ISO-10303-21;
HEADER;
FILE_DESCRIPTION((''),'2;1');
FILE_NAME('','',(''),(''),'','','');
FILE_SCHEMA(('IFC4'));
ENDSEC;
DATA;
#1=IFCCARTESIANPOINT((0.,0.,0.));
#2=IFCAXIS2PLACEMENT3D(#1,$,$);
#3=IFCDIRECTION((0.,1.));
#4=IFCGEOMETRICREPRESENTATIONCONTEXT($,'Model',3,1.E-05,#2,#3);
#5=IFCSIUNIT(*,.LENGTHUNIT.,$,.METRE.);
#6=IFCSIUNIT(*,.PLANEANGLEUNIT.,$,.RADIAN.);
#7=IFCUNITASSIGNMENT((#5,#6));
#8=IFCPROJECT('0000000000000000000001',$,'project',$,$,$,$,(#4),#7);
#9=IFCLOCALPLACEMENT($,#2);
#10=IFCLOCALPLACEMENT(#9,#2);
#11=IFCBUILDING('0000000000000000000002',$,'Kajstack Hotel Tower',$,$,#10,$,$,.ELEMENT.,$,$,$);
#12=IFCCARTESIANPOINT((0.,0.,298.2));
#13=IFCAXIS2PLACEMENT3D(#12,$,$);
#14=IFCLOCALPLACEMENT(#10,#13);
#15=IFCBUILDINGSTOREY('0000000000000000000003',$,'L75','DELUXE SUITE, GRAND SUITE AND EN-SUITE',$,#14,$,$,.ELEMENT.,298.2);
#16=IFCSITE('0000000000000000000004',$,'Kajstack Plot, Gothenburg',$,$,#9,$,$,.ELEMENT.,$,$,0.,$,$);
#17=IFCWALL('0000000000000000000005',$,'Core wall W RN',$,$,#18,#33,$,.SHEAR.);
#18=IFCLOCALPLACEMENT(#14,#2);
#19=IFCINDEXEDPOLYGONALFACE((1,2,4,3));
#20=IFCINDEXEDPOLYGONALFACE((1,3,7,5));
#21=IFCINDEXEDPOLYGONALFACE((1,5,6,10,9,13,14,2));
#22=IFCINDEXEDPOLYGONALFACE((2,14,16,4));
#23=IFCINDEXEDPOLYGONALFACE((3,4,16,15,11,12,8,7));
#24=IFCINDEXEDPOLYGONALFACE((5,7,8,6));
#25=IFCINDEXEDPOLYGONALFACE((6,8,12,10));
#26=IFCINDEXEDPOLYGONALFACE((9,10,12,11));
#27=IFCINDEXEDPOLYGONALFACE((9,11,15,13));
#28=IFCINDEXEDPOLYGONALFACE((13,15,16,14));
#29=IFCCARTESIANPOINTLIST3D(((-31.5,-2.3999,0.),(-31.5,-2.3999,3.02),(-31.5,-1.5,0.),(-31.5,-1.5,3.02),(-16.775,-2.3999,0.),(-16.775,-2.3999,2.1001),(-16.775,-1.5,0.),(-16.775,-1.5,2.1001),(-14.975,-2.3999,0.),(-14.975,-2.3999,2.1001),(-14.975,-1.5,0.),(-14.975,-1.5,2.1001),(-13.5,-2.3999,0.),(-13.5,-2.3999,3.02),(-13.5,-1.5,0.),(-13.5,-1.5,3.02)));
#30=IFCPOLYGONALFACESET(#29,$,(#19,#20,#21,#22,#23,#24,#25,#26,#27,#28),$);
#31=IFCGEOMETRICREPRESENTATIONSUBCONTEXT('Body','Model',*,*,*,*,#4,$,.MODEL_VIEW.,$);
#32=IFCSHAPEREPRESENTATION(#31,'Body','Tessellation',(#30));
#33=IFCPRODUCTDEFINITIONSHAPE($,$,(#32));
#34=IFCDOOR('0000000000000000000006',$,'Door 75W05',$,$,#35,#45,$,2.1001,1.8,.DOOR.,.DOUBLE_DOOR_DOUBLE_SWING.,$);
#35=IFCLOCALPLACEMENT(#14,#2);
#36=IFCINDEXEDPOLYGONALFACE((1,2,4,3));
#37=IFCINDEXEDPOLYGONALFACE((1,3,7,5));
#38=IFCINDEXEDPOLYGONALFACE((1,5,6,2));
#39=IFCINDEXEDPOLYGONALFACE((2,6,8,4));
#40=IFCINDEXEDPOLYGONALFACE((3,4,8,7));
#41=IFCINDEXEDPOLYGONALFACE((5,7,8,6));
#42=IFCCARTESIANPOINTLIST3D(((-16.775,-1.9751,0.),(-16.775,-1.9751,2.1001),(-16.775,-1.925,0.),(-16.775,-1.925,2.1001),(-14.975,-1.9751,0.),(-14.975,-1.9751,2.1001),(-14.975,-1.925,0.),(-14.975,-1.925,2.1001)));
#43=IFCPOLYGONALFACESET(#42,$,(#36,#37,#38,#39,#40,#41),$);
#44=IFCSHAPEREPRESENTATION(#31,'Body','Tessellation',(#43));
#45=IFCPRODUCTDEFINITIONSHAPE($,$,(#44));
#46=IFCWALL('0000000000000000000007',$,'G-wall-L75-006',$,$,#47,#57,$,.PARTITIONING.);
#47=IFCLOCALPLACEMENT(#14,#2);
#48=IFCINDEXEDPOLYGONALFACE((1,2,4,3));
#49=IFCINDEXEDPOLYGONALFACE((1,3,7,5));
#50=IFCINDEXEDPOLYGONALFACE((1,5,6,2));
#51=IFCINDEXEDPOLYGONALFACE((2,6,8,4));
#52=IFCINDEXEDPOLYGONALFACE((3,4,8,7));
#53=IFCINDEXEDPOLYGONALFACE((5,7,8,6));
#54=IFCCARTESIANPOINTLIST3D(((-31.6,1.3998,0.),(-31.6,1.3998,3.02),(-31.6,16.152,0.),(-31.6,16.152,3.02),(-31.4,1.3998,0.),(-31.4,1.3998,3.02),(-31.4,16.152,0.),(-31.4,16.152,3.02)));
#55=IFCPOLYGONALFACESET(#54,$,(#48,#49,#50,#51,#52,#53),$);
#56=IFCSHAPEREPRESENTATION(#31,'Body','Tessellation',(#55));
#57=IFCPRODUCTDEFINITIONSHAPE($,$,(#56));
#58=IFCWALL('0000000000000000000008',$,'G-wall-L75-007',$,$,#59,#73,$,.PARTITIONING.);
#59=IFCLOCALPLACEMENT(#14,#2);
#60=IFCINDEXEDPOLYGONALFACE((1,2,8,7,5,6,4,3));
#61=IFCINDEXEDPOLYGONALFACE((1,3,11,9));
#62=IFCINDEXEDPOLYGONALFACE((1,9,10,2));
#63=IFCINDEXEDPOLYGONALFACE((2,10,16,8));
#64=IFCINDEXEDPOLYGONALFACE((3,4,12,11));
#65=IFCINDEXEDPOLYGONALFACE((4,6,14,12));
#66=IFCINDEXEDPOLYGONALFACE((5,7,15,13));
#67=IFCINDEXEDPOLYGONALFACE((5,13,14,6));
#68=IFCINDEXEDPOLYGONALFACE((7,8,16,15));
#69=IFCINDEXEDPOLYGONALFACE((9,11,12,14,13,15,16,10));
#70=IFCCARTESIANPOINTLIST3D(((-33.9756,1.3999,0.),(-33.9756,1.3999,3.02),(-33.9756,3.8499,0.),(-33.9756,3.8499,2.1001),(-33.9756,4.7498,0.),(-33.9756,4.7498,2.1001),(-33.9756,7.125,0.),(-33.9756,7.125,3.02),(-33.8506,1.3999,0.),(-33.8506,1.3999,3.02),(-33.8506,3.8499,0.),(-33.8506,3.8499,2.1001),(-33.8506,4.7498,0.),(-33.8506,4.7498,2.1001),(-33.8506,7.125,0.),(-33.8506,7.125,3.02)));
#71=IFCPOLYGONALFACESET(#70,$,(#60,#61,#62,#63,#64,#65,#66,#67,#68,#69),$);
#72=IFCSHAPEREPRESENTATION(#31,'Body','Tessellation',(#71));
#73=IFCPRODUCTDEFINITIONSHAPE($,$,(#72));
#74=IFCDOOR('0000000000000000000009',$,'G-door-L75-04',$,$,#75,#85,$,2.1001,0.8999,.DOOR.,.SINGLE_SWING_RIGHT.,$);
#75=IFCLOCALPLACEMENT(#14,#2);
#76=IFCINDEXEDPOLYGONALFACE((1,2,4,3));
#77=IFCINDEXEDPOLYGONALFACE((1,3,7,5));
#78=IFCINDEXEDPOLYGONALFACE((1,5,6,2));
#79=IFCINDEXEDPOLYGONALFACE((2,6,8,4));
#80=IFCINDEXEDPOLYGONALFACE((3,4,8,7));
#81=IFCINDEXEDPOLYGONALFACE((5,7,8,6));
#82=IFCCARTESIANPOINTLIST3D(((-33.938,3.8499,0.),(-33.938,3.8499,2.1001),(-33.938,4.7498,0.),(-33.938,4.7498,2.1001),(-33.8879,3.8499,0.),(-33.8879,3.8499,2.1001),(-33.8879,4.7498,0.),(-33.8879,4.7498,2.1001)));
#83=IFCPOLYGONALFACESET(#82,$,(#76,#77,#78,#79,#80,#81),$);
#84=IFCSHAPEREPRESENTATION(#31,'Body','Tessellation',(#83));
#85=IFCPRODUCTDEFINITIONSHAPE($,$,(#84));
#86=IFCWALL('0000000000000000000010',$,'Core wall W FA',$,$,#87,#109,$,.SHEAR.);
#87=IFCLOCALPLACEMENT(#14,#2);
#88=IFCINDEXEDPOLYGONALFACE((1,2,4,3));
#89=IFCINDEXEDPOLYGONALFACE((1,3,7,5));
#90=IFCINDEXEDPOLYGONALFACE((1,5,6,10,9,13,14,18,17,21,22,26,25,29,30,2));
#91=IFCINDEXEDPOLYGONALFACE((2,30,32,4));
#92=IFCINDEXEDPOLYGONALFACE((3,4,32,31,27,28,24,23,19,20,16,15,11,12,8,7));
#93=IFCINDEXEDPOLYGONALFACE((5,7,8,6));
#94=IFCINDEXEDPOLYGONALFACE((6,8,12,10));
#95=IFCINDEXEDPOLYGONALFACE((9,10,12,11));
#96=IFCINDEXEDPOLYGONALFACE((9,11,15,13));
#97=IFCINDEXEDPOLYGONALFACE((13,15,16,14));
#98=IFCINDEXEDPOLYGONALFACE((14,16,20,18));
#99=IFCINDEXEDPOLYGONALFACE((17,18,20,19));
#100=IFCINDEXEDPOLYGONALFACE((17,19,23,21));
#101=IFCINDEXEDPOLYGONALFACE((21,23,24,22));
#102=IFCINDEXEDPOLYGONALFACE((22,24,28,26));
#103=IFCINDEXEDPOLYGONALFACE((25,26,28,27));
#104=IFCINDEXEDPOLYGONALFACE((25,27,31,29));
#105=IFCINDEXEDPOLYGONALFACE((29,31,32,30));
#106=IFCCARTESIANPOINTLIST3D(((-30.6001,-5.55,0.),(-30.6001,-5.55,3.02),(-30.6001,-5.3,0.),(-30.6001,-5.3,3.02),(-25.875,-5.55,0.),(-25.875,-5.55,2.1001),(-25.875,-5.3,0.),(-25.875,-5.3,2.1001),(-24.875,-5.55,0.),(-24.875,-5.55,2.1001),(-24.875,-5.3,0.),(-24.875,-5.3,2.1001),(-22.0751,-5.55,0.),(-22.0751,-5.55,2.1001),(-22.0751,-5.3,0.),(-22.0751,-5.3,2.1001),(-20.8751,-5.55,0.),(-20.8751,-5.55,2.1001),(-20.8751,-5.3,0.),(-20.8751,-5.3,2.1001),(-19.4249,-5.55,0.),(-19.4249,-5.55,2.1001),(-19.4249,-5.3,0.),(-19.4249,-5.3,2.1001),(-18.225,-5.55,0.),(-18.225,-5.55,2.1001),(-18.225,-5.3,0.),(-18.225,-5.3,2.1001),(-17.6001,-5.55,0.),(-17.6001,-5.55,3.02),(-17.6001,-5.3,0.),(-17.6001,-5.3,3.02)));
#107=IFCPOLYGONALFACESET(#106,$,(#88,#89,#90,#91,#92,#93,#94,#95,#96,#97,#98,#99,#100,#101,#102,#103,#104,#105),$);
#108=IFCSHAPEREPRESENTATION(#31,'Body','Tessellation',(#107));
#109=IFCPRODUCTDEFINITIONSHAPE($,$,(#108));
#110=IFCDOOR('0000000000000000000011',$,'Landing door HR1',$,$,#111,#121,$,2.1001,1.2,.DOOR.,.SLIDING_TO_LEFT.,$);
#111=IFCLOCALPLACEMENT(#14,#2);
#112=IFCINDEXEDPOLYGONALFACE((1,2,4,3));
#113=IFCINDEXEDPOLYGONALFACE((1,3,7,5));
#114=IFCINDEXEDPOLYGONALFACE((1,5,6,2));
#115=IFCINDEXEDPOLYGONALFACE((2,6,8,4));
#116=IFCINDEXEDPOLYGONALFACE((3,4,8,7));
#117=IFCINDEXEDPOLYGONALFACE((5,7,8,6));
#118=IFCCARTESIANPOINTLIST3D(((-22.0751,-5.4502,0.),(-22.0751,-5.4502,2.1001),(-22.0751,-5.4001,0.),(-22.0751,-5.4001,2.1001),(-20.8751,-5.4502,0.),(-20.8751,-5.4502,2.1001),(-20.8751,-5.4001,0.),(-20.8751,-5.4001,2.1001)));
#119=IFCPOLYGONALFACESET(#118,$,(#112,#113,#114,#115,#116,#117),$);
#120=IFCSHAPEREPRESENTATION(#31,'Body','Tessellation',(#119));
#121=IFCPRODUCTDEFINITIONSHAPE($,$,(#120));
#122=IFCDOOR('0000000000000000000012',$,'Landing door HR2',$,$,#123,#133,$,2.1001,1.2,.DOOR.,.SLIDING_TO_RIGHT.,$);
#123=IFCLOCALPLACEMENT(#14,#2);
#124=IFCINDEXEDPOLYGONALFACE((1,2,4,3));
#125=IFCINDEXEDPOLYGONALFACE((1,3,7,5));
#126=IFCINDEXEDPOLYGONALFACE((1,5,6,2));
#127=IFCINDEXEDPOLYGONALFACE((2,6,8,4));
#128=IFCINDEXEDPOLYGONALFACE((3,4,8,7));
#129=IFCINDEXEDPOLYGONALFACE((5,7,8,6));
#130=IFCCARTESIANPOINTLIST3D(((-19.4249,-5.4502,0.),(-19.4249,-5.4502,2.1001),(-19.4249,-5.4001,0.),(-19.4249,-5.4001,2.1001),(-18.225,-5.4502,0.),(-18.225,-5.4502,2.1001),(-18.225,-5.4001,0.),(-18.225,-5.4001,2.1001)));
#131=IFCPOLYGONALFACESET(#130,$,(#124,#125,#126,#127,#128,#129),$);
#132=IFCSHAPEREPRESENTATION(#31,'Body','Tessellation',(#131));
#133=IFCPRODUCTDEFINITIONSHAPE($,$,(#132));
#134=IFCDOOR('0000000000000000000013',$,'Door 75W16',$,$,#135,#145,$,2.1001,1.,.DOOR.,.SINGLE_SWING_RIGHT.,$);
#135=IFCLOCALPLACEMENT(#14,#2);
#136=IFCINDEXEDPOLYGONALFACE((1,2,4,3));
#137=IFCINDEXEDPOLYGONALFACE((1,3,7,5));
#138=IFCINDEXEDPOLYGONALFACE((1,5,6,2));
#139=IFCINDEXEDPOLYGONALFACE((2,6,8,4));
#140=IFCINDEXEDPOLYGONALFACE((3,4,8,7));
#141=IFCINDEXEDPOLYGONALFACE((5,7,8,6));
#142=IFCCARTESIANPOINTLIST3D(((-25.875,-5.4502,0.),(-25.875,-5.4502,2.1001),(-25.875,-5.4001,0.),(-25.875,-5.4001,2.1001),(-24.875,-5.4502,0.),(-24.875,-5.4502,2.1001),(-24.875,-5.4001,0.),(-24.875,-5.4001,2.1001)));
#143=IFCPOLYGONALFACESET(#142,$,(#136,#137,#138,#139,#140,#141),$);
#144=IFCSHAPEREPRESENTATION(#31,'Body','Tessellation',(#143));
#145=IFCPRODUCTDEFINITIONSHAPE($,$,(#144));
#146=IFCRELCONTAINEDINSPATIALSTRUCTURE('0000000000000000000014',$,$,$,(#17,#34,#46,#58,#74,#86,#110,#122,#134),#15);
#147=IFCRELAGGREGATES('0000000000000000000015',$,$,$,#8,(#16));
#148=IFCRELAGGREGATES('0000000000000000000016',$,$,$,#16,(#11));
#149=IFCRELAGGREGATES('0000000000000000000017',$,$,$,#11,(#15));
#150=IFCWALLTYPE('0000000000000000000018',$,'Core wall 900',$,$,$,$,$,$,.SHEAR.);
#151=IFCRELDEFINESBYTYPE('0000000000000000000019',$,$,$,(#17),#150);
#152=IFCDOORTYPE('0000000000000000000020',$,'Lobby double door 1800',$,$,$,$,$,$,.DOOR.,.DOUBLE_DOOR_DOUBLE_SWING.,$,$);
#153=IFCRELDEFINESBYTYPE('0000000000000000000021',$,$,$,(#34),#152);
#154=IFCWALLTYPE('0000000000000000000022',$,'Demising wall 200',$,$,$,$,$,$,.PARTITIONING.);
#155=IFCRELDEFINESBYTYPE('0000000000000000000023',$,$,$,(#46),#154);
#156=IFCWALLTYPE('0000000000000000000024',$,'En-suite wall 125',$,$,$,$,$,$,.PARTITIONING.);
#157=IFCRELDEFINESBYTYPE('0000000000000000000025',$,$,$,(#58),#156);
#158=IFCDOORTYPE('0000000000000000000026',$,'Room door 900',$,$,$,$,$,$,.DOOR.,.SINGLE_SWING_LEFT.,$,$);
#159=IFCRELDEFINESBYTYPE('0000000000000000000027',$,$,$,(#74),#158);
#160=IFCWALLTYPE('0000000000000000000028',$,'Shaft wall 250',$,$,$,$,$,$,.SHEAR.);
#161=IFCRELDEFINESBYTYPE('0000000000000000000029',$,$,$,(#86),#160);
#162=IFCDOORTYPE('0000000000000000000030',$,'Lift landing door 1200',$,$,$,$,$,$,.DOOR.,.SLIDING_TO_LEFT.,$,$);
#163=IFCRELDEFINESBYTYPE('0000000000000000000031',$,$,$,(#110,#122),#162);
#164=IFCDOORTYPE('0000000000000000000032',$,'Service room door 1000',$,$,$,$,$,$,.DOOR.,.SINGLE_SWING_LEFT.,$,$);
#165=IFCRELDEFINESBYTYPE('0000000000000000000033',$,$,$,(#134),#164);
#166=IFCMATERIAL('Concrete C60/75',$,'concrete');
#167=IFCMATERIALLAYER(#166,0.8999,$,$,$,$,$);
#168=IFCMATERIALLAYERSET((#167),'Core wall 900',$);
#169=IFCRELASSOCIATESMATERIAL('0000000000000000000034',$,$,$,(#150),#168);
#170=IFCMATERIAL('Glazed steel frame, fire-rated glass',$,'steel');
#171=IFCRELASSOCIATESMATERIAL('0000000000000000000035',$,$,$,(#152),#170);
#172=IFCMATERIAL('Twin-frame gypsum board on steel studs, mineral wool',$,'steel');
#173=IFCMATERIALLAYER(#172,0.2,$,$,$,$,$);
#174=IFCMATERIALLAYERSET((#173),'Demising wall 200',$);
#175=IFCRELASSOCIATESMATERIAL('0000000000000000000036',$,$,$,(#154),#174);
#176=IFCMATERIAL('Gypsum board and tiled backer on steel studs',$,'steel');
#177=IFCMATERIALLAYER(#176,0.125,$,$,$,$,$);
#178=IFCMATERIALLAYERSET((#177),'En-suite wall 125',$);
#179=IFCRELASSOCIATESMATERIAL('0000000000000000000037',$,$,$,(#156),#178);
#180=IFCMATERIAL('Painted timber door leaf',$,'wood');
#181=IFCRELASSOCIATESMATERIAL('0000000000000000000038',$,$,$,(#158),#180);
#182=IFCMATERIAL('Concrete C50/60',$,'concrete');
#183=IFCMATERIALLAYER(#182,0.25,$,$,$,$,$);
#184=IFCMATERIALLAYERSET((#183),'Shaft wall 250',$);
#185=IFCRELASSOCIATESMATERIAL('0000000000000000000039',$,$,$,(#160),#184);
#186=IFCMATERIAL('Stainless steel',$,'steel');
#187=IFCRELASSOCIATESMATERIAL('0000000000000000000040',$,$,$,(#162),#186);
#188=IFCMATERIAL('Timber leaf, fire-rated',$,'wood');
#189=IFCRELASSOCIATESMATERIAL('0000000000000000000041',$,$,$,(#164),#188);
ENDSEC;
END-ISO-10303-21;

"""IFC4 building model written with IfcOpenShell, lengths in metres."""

from ifc_helpers import new_model, si_unit, direction, frame, frame_2d, origin, place, context, subcontext, project, spatial, rectangle, extrude, material, layer, layer_set, type_object, element, fill, save


model = new_model("IFC4")

# Units and contexts
model_context = context("Model", 3, precision=1e-05, world=origin(), true_north=direction((0.0, 1.0)))
body_context = subcontext(model_context, "Body", "Model", "MODEL_VIEW")
ifc_project = project(units=[si_unit("LENGTHUNIT", "METRE"), si_unit("PLANEANGLEUNIT", "RADIAN")], contexts=[model_context])

# Site, building, storey
site_placement = place(None, origin())
site = spatial("IfcSite", under=ifc_project, at=site_placement, Name="Kajstack Plot, Gothenburg", CompositionType="ELEMENT", RefElevation=0.0)
building_placement = place(site_placement, origin())
building = spatial("IfcBuilding", under=site, at=building_placement, Name="Kajstack Hotel Tower", CompositionType="ELEMENT")
storey_placement = place(building_placement, frame((0.0, 0.0, 298.2)))
storey = spatial("IfcBuildingStorey", under=building, at=storey_placement, Name="L75", Description="DELUXE SUITE, GRAND SUITE AND EN-SUITE", CompositionType="ELEMENT", Elevation=298.2)

# Wall, opening, door
ifc_material_1 = material(Name="Concrete C60/75", Category="concrete")
ifc_layer_1 = layer(ifc_material_1, 0.8999)
ifc_layer_set_1 = layer_set([ifc_layer_1], Name="Core wall 900")
wall_type_1 = type_object("IfcWallType", Name="Core wall 900", PredefinedType="SHEAR", material=ifc_layer_set_1)
wall_1_placement = place(storey_placement, frame((-31.5, -1.95, 0.0), z_axis=(0.0, 0.0, 1.0), x_axis=(1.0, 0.0, 0.0)))
wall_1 = element("IfcWall", 1, at=wall_1_placement, inside=storey, type_object=wall_type_1, Name="Core wall W RN", PredefinedType="SHEAR", context=body_context, shape_type="SweptSolid", body=[
    extrude(rectangle(XDim=18.0, YDim=0.8999, at=frame_2d((9.0, 0.0))), origin(), (0.0, 0.0, 1.0), 3.02),
])
opening_1_placement = place(wall_1_placement, frame((14.7251, 0.0, 0.0)))
opening_1 = element("IfcOpeningElement", 2, at=opening_1_placement, cuts=wall_1, PredefinedType="OPENING", context=body_context, shape_type="SweptSolid", body=[
    extrude(rectangle(XDim=1.8, YDim=2.1001, at=frame_2d((0.8999, 1.05))), frame((0.0, 0.46, 0.0), z_axis=(0.0, -1.0, 0.0), x_axis=(1.0, 0.0, 0.0)), (0.0, 0.0, 1.0), 0.9199),
])
ifc_material_2 = material(Name="Glazed steel frame, fire-rated glass", Category="steel")
door_type_1 = type_object("IfcDoorType", Name="Lobby double door 1800", OperationType="DOUBLE_DOOR_DOUBLE_SWING", PredefinedType="DOOR", material=ifc_material_2)
door_1_placement = place(opening_1_placement, origin())
door_1 = element("IfcDoor", 3, at=door_1_placement, inside=storey, type_object=door_type_1, Name="Door 75W05", OperationType="DOUBLE_DOOR_DOUBLE_SWING", OverallHeight=2.1001, OverallWidth=1.8, PredefinedType="DOOR", context=body_context, shape_type="SweptSolid", body=[
    extrude(rectangle(XDim=1.8, YDim=2.1001, at=frame_2d((0.8999, 1.05))), frame((0.0, 0.0249, 0.0), z_axis=(0.0, -1.0, 0.0), x_axis=(1.0, 0.0, 0.0)), (0.0, 0.0, 1.0), 0.05),
])
fill(opening_1, door_1)

# Wall
ifc_material_3 = material(Name="Twin-frame gypsum board on steel studs, mineral wool", Category="steel")
ifc_layer_2 = layer(ifc_material_3, 0.2)
ifc_layer_set_2 = layer_set([ifc_layer_2], Name="Demising wall 200")
wall_type_2 = type_object("IfcWallType", Name="Demising wall 200", PredefinedType="PARTITIONING", material=ifc_layer_set_2)
wall_2_placement = place(storey_placement, frame((-31.5, 1.3999, 0.0), z_axis=(0.0, 0.0, 1.0), x_axis=(0.0, 1.0, 0.0)))
element("IfcWall", 4, at=wall_2_placement, inside=storey, type_object=wall_type_2, Name="G-wall-L75-006", PredefinedType="PARTITIONING", context=body_context, shape_type="SweptSolid", body=[
    extrude(rectangle(XDim=14.7522, YDim=0.2, at=frame_2d((7.376, 0.0))), origin(), (0.0, 0.0, 1.0), 3.02),
])

# Wall, opening, door
ifc_material_4 = material(Name="Gypsum board and tiled backer on steel studs", Category="steel")
ifc_layer_3 = layer(ifc_material_4, 0.125)
ifc_layer_set_3 = layer_set([ifc_layer_3], Name="En-suite wall 125")
wall_type_3 = type_object("IfcWallType", Name="En-suite wall 125", PredefinedType="PARTITIONING", material=ifc_layer_set_3)
wall_3_placement = place(storey_placement, frame((-33.9131, 1.3999, 0.0), z_axis=(0.0, 0.0, 1.0), x_axis=(0.0, 1.0, 0.0)))
wall_3 = element("IfcWall", 5, at=wall_3_placement, inside=storey, type_object=wall_type_3, Name="G-wall-L75-007", PredefinedType="PARTITIONING", context=body_context, shape_type="SweptSolid", body=[
    extrude(rectangle(XDim=5.7251, YDim=0.125, at=frame_2d((2.8625, 0.0))), origin(), (0.0, 0.0, 1.0), 3.02),
])
opening_2_placement = place(wall_3_placement, frame((2.45, 0.0, 0.0)))
opening_2 = element("IfcOpeningElement", 6, at=opening_2_placement, cuts=wall_3, PredefinedType="OPENING", context=body_context, shape_type="SweptSolid", body=[
    extrude(rectangle(XDim=0.8999, YDim=2.1001, at=frame_2d((0.45, 1.05))), frame((0.0, 0.0725, 0.0), z_axis=(0.0, -1.0, 0.0), x_axis=(1.0, 0.0, 0.0)), (0.0, 0.0, 1.0), 0.145),
])
ifc_material_5 = material(Name="Painted timber door leaf", Category="wood")
door_type_2 = type_object("IfcDoorType", Name="Room door 900", OperationType="SINGLE_SWING_LEFT", PredefinedType="DOOR", material=ifc_material_5)
door_2_placement = place(opening_2_placement, origin())
door_2 = element("IfcDoor", 7, at=door_2_placement, inside=storey, type_object=door_type_2, Name="G-door-L75-04", OperationType="SINGLE_SWING_RIGHT", OverallHeight=2.1001, OverallWidth=0.8999, PredefinedType="DOOR", context=body_context, shape_type="SweptSolid", body=[
    extrude(rectangle(XDim=0.8999, YDim=2.1001, at=frame_2d((0.45, 1.05))), frame((0.0, 0.0249, 0.0), z_axis=(0.0, -1.0, 0.0), x_axis=(1.0, 0.0, 0.0)), (0.0, 0.0, 1.0), 0.05),
])
fill(opening_2, door_2)

# Wall, openings, doors
ifc_material_6 = material(Name="Concrete C50/60", Category="concrete")
ifc_layer_4 = layer(ifc_material_6, 0.25)
ifc_layer_set_4 = layer_set([ifc_layer_4], Name="Shaft wall 250")
wall_type_4 = type_object("IfcWallType", Name="Shaft wall 250", PredefinedType="SHEAR", material=ifc_layer_set_4)
wall_4_placement = place(storey_placement, frame((-30.6001, -5.425, 0.0), z_axis=(0.0, 0.0, 1.0), x_axis=(1.0, 0.0, 0.0)))
wall_4 = element("IfcWall", 8, at=wall_4_placement, inside=storey, type_object=wall_type_4, Name="Core wall W FA", PredefinedType="SHEAR", context=body_context, shape_type="SweptSolid", body=[
    extrude(rectangle(XDim=13.0, YDim=0.25, at=frame_2d((6.5, 0.0))), origin(), (0.0, 0.0, 1.0), 3.02),
])
opening_3_placement = place(wall_4_placement, frame((8.5249, 0.0, 0.0)))
opening_3 = element("IfcOpeningElement", 9, at=opening_3_placement, cuts=wall_4, PredefinedType="OPENING", context=body_context, shape_type="SweptSolid", body=[
    extrude(rectangle(XDim=1.2, YDim=2.1001, at=frame_2d((0.6001, 1.05))), frame((0.0, 0.135, 0.0), z_axis=(0.0, -1.0, 0.0), x_axis=(1.0, 0.0, 0.0)), (0.0, 0.0, 1.0), 0.27),
])
opening_4_placement = place(wall_4_placement, frame((11.175, 0.0, 0.0)))
opening_4 = element("IfcOpeningElement", 10, at=opening_4_placement, cuts=wall_4, PredefinedType="OPENING", context=body_context, shape_type="SweptSolid", body=[
    extrude(rectangle(XDim=1.2, YDim=2.1001, at=frame_2d((0.6001, 1.05))), frame((0.0, 0.135, 0.0), z_axis=(0.0, -1.0, 0.0), x_axis=(1.0, 0.0, 0.0)), (0.0, 0.0, 1.0), 0.27),
])
opening_5_placement = place(wall_4_placement, frame((4.7251, 0.0, 0.0)))
opening_5 = element("IfcOpeningElement", 11, at=opening_5_placement, cuts=wall_4, PredefinedType="OPENING", context=body_context, shape_type="SweptSolid", body=[
    extrude(rectangle(XDim=1.0, YDim=2.1001, at=frame_2d((0.5, 1.05))), frame((0.0, 0.135, 0.0), z_axis=(0.0, -1.0, 0.0), x_axis=(1.0, 0.0, 0.0)), (0.0, 0.0, 1.0), 0.27),
])
ifc_material_7 = material(Name="Stainless steel", Category="steel")
door_type_3 = type_object("IfcDoorType", Name="Lift landing door 1200", OperationType="SLIDING_TO_LEFT", PredefinedType="DOOR", material=ifc_material_7)
door_3_placement = place(opening_3_placement, origin())
door_3 = element("IfcDoor", 12, at=door_3_placement, inside=storey, type_object=door_type_3, Name="Landing door HR1", OperationType="SLIDING_TO_LEFT", OverallHeight=2.1001, OverallWidth=1.2, PredefinedType="DOOR", context=body_context, shape_type="SweptSolid", body=[
    extrude(rectangle(XDim=1.2, YDim=2.1001, at=frame_2d((0.6001, 1.05))), frame((0.0, 0.0249, 0.0), z_axis=(0.0, -1.0, 0.0), x_axis=(1.0, 0.0, 0.0)), (0.0, 0.0, 1.0), 0.05),
])
fill(opening_3, door_3)
door_4_placement = place(opening_4_placement, origin())
door_4 = element("IfcDoor", 13, at=door_4_placement, inside=storey, type_object=door_type_3, Name="Landing door HR2", OperationType="SLIDING_TO_RIGHT", OverallHeight=2.1001, OverallWidth=1.2, PredefinedType="DOOR", context=body_context, shape_type="SweptSolid", body=[
    extrude(rectangle(XDim=1.2, YDim=2.1001, at=frame_2d((0.6001, 1.05))), frame((0.0, 0.0249, 0.0), z_axis=(0.0, -1.0, 0.0), x_axis=(1.0, 0.0, 0.0)), (0.0, 0.0, 1.0), 0.05),
])
fill(opening_4, door_4)
ifc_material_8 = material(Name="Timber leaf, fire-rated", Category="wood")
door_type_4 = type_object("IfcDoorType", Name="Service room door 1000", OperationType="SINGLE_SWING_LEFT", PredefinedType="DOOR", material=ifc_material_8)
door_5_placement = place(opening_5_placement, origin())
door_5 = element("IfcDoor", 14, at=door_5_placement, inside=storey, type_object=door_type_4, Name="Door 75W16", OperationType="SINGLE_SWING_RIGHT", OverallHeight=2.1001, OverallWidth=1.0, PredefinedType="DOOR", context=body_context, shape_type="SweptSolid", body=[
    extrude(rectangle(XDim=1.0, YDim=2.1001, at=frame_2d((0.5, 1.05))), frame((0.0, 0.0249, 0.0), z_axis=(0.0, -1.0, 0.0), x_axis=(1.0, 0.0, 0.0)), (0.0, 0.0, 1.0), 0.05),
])
fill(opening_5, door_5)

save(model, "model.ifc")
